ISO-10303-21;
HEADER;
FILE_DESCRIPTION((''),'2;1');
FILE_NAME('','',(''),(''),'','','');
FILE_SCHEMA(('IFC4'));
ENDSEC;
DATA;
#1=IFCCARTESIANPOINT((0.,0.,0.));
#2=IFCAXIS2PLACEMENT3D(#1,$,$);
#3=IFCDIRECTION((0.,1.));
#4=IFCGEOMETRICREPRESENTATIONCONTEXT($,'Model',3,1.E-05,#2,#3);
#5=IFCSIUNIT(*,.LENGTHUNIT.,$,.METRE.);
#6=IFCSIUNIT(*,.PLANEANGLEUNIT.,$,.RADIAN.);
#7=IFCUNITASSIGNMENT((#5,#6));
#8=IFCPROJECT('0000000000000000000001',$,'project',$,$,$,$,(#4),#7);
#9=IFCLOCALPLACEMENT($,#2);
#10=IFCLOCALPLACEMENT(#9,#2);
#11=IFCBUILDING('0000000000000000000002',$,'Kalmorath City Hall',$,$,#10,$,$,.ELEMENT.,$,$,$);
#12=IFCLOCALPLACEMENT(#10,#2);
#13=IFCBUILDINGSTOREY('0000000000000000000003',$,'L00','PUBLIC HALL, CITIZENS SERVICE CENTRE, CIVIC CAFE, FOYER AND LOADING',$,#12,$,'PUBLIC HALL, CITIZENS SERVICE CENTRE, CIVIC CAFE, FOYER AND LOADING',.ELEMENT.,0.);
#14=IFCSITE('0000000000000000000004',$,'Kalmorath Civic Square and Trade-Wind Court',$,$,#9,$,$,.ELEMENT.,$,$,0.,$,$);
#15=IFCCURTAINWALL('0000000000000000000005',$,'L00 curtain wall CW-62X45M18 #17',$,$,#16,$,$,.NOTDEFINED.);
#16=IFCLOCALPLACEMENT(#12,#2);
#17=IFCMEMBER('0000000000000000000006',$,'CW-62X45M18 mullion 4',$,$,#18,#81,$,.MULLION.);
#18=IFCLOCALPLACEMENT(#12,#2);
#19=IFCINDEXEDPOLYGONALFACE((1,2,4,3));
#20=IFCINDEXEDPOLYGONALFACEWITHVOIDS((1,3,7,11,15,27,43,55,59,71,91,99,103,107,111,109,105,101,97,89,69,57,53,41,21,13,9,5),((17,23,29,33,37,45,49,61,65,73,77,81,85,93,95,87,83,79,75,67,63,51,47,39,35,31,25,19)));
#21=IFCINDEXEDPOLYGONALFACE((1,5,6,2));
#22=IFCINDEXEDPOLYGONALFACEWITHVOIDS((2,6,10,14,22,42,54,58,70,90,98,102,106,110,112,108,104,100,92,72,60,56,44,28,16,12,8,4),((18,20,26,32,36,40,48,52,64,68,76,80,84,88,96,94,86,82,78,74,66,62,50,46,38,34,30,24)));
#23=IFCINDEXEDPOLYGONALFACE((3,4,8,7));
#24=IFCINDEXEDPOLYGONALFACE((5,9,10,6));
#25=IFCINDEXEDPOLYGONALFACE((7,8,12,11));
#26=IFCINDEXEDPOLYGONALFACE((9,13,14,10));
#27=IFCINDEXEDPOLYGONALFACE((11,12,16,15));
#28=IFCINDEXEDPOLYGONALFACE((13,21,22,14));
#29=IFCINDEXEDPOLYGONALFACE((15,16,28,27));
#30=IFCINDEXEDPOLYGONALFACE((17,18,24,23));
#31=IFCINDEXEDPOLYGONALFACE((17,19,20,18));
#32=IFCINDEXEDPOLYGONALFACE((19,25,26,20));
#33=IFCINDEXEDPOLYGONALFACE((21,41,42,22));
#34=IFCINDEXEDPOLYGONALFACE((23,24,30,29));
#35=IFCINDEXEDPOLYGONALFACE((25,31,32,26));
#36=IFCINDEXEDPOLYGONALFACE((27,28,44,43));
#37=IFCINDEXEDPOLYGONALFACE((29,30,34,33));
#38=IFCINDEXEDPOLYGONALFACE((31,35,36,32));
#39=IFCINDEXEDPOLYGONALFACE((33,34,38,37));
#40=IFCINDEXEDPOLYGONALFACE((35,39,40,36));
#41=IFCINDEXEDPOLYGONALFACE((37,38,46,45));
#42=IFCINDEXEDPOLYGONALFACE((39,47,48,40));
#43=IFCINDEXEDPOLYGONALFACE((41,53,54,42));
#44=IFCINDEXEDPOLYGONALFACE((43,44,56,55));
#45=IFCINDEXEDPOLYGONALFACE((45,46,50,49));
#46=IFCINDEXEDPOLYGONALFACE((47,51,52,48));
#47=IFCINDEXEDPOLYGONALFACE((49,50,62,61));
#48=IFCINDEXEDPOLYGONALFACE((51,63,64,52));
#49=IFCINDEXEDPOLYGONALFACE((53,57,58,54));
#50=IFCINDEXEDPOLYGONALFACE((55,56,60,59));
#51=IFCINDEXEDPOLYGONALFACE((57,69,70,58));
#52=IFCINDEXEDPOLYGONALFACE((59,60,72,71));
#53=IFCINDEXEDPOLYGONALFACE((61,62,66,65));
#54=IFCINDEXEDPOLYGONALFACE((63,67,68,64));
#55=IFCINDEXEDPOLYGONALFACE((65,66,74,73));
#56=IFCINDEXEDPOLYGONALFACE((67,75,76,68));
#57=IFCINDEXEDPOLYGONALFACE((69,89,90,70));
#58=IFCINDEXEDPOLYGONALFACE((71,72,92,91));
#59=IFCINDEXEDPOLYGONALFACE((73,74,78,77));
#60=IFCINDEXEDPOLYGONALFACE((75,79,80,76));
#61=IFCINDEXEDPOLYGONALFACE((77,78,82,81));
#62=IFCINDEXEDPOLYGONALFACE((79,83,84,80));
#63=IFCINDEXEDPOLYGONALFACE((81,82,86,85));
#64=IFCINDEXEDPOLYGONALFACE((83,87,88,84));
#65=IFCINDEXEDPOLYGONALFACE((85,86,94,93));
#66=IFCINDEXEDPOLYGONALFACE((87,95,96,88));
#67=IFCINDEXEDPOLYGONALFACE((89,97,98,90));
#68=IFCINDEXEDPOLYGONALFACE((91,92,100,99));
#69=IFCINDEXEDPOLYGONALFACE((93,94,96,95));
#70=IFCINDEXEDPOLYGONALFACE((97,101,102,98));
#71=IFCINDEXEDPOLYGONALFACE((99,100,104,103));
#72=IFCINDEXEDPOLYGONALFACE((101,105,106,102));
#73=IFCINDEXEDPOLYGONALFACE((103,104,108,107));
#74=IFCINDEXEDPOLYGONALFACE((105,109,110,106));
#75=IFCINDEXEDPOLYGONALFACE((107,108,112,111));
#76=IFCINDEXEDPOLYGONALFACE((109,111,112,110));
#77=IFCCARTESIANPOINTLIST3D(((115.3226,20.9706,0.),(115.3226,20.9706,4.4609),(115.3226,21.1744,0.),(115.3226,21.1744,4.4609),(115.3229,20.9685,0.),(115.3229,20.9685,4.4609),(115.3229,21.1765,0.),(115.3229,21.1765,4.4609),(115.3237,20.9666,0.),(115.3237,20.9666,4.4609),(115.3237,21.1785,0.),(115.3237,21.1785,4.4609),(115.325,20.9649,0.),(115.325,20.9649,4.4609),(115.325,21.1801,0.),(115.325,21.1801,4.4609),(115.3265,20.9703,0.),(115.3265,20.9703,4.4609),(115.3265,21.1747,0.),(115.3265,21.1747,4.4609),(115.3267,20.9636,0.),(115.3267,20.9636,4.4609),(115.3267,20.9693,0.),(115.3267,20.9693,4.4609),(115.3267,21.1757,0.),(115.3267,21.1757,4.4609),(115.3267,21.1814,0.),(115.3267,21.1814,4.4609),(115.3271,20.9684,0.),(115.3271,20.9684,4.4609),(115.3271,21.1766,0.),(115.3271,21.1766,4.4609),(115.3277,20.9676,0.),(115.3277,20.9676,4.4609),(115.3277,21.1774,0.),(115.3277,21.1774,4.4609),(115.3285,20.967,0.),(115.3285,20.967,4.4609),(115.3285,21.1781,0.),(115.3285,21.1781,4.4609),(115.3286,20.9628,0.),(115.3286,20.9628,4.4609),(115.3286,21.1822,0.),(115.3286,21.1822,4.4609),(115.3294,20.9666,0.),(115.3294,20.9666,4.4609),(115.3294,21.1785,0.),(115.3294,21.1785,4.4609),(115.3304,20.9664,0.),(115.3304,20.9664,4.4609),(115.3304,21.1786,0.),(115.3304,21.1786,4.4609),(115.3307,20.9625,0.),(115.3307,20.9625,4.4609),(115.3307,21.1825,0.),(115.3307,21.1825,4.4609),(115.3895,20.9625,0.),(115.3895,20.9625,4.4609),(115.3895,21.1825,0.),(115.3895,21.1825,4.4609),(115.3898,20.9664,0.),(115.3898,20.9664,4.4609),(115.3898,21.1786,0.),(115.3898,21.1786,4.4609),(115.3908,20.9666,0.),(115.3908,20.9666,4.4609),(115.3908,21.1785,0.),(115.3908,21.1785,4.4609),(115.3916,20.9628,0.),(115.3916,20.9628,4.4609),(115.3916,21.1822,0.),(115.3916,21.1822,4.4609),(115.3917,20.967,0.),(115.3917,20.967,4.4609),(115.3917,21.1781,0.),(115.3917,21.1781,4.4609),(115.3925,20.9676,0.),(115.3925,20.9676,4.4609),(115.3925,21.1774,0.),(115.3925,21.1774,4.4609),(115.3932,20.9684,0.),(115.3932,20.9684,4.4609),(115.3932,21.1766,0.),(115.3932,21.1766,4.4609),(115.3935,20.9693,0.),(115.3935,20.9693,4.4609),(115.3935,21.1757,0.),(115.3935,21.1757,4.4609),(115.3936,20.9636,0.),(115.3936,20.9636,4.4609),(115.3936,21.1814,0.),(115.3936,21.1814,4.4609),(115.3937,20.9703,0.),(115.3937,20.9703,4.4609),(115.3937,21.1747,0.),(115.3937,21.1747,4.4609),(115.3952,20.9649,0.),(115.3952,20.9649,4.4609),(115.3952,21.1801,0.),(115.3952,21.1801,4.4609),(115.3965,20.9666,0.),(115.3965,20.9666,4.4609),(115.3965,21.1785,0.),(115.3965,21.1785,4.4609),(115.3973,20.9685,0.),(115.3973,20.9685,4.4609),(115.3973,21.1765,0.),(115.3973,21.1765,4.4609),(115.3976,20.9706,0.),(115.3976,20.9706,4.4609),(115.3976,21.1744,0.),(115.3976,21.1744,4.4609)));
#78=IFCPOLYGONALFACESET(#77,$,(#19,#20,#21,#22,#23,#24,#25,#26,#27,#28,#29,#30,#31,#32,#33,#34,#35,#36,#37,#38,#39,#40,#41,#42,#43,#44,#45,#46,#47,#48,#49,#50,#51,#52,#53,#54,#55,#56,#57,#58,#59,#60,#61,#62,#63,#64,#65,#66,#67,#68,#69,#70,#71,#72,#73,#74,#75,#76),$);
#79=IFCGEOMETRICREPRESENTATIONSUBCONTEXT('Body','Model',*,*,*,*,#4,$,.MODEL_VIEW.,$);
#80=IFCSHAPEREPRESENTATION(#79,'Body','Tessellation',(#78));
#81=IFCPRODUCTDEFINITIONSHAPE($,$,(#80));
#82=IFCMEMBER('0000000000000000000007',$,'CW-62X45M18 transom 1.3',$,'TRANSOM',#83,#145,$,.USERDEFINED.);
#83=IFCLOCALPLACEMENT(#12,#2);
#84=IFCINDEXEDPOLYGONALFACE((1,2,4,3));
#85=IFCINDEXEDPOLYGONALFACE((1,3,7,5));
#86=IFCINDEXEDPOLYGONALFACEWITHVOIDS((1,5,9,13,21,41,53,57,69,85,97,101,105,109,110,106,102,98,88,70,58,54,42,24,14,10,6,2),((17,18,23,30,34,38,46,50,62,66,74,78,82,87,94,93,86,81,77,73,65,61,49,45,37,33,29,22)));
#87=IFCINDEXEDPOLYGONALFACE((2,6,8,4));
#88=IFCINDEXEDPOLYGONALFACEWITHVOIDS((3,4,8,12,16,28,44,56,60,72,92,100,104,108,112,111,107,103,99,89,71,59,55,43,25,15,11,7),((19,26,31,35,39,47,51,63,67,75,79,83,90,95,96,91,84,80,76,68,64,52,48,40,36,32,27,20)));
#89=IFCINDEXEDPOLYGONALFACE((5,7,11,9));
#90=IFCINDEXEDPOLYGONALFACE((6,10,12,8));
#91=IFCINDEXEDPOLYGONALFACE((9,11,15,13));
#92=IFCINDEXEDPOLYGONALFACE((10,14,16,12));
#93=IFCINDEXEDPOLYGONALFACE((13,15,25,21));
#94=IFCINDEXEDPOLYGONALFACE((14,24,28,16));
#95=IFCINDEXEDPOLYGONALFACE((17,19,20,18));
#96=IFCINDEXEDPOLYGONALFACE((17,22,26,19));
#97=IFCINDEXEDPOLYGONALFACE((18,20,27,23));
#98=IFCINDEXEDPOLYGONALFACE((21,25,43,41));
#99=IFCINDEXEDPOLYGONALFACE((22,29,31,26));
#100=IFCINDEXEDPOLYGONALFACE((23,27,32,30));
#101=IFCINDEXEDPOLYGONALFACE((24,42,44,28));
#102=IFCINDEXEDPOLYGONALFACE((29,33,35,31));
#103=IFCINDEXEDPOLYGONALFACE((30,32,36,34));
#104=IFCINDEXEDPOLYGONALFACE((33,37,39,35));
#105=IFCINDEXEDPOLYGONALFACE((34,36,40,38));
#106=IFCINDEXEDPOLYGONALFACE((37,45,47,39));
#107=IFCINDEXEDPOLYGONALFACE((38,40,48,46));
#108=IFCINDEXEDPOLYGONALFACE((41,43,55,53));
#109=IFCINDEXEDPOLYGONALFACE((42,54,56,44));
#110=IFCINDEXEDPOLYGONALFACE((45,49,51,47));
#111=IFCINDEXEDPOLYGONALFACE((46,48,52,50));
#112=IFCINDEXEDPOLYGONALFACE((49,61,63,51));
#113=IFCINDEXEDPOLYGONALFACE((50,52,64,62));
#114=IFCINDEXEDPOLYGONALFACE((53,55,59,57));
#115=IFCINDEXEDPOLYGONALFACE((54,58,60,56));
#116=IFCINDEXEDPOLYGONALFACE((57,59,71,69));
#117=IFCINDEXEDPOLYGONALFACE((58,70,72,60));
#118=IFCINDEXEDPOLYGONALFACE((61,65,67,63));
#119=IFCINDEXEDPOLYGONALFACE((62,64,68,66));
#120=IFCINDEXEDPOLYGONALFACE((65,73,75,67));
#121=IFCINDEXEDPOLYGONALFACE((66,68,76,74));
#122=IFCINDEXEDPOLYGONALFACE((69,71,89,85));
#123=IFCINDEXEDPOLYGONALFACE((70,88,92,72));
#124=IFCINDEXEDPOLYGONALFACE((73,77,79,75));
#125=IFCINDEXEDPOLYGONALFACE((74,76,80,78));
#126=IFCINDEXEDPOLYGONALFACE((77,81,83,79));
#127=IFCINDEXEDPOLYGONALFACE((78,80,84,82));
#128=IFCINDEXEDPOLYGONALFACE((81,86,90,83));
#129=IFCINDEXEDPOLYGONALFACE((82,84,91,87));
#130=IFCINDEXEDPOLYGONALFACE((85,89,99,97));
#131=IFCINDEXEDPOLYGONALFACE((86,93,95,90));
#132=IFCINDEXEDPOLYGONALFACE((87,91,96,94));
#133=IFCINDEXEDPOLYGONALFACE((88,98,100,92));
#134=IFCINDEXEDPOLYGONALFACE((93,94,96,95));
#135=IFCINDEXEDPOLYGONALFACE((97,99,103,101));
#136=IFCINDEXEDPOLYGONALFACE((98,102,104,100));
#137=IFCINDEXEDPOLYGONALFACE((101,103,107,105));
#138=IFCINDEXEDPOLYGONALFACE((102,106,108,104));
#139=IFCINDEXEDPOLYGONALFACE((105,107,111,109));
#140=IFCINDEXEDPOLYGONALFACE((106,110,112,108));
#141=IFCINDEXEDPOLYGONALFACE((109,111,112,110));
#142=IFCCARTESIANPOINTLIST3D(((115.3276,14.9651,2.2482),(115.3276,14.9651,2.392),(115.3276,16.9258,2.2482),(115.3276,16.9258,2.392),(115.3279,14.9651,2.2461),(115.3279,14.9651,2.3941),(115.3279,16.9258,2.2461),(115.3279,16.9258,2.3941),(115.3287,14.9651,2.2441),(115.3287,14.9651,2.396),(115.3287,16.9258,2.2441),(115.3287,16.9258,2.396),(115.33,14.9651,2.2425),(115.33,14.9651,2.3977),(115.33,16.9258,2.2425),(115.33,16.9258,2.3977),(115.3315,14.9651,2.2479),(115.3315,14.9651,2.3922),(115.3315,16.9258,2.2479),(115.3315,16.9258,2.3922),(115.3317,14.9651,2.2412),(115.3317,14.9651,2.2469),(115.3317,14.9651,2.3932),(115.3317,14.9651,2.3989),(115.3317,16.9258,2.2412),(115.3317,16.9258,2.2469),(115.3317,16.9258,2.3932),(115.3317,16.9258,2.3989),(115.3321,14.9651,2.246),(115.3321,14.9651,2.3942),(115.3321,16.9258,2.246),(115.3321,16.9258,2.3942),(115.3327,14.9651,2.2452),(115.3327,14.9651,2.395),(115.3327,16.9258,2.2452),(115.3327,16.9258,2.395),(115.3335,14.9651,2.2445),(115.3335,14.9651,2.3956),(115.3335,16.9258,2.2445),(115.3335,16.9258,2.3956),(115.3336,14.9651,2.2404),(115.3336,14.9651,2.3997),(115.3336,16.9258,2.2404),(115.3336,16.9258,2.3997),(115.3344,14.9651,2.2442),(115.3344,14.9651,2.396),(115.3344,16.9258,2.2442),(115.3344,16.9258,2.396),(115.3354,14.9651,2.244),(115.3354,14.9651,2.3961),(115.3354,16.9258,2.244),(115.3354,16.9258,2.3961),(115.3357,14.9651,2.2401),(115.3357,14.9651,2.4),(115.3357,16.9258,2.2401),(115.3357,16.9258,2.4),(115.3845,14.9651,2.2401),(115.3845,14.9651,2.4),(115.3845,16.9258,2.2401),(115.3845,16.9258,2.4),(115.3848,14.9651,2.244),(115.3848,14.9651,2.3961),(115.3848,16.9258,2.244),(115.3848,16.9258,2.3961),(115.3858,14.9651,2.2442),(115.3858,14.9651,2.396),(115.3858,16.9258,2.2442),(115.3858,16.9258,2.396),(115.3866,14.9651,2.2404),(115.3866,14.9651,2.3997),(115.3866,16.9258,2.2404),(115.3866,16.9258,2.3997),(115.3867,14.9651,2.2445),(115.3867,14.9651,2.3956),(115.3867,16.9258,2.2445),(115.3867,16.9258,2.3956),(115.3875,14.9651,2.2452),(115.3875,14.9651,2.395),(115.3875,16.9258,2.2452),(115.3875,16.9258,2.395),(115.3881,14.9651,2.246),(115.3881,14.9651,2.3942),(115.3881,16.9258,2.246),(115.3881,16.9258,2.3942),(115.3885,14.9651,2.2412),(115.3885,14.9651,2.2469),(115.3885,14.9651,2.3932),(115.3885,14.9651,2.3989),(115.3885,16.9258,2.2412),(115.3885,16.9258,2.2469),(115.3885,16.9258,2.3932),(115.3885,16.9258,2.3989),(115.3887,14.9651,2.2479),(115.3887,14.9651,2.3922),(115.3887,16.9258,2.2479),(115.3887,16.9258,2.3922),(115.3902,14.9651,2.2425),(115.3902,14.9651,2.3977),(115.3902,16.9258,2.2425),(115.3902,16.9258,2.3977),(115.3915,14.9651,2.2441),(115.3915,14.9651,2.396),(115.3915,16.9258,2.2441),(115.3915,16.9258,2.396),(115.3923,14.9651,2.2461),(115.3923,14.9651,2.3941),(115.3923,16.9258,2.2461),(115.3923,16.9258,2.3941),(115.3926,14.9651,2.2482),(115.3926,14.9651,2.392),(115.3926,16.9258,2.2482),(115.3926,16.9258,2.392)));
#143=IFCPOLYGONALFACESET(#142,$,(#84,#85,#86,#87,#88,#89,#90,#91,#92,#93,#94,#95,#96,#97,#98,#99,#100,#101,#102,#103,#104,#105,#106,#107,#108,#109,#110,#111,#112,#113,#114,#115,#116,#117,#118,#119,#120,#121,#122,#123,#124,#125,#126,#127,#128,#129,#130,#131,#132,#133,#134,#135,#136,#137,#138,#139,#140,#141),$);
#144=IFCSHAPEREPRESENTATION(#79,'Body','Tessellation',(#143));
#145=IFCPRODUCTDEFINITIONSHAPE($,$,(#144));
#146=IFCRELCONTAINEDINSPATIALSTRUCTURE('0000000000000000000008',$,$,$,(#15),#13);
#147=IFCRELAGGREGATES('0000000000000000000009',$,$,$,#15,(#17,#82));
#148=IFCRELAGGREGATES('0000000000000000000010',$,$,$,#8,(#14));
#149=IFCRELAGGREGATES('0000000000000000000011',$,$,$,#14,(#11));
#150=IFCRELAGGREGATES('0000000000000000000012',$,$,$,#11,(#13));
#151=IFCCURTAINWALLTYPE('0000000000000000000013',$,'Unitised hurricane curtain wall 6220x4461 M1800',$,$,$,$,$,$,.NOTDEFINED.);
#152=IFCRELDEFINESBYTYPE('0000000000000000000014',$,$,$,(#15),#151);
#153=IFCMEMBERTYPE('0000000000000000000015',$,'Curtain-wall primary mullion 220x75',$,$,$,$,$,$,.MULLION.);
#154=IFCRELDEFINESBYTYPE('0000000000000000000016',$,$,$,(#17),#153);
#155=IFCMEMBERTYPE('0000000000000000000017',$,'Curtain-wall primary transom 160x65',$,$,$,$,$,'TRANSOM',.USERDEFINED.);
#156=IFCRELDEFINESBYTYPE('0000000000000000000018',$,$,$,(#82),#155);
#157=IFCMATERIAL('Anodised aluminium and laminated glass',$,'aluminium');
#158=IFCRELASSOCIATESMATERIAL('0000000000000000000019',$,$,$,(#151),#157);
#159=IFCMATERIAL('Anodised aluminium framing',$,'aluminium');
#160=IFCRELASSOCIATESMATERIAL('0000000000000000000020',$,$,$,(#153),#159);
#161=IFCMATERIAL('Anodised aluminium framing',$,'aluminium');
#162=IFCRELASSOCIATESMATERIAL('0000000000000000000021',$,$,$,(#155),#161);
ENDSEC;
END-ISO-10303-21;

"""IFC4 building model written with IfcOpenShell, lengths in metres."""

from ifc_helpers import new_model, si_unit, direction, frame, origin, origin_2d, place, context, subcontext, project, spatial, hollow_rectangle, extrude, material, material_profile, profile_set, type_object, element, aggregate, save


model = new_model("IFC4")

# Units and contexts
model_context = context("Model", 3, precision=1e-05, world=origin(), true_north=direction((0.0, 1.0)))
body_context = subcontext(model_context, "Body", "Model", "MODEL_VIEW")
ifc_project = project(units=[si_unit("LENGTHUNIT", "METRE"), si_unit("PLANEANGLEUNIT", "RADIAN")], contexts=[model_context])

# Site, building, storey
site_placement = place(None, origin())
site = spatial("IfcSite", under=ifc_project, at=site_placement, Name="Kalmorath Civic Square and Trade-Wind Court", CompositionType="ELEMENT", RefElevation=0.0)
building_placement = place(site_placement, origin())
building = spatial("IfcBuilding", under=site, at=building_placement, Name="Kalmorath City Hall", CompositionType="ELEMENT")
storey_placement = place(building_placement, origin())
storey = spatial("IfcBuildingStorey", under=building, at=storey_placement, Name="L00", Description="PUBLIC HALL, CITIZENS SERVICE CENTRE, CIVIC CAFE, FOYER AND LOADING", LongName="PUBLIC HALL, CITIZENS SERVICE CENTRE, CIVIC CAFE, FOYER AND LOADING", CompositionType="ELEMENT", Elevation=0.0)

# Curtain wall, members
ifc_material_1 = material(Name="Anodised aluminium and laminated glass", Category="aluminium")
curtain_wall_type = type_object("IfcCurtainWallType", Name="Unitised hurricane curtain wall 6220x4461 M1800", PredefinedType="NOTDEFINED", material=ifc_material_1)
curtain_wall_placement = place(storey_placement, origin())
curtain_wall = element("IfcCurtainWall", 1, at=curtain_wall_placement, inside=storey, type_object=curtain_wall_type, Name="L00 curtain wall CW-62X45M18 #17", PredefinedType="NOTDEFINED")
ifc_material_2 = material(Name="Anodised aluminium framing", Category="aluminium")
ifc_material_profile_1 = material_profile(ifc_material_2, hollow_rectangle(XDim=0.075, YDim=0.22, WallThickness=0.0039, InnerFilletRadius=0.0039, OuterFilletRadius=0.0081, at=origin_2d()), Name="ALU-MUL-220X75X4")
ifc_profile_set_1 = profile_set([ifc_material_profile_1], Name="Anodised aluminium framing")
member_type_1 = type_object("IfcMemberType", Name="Curtain-wall primary mullion 220x75", PredefinedType="MULLION", material=ifc_profile_set_1)
member_1_placement = place(storey_placement, frame((115.3601, 21.0725, 0.0), z_axis=(0.0, 0.0, 1.0), x_axis=(-1.0, 0.0, 0.0)))
member_1 = element("IfcMember", 2, at=member_1_placement, type_object=member_type_1, Name="CW-62X45M18 mullion 4", PredefinedType="MULLION", context=body_context, shape_type="SweptSolid", body=[
    extrude(hollow_rectangle(XDim=0.075, YDim=0.22, WallThickness=0.0039, InnerFilletRadius=0.0039, OuterFilletRadius=0.0081, at=origin_2d()), origin(), (0.0, 0.0, 1.0), 4.4609),
])
ifc_material_3 = material(Name="Anodised aluminium framing", Category="aluminium")
ifc_material_profile_2 = material_profile(ifc_material_3, hollow_rectangle(XDim=0.0649, YDim=0.1599, WallThickness=0.0039, InnerFilletRadius=0.0039, OuterFilletRadius=0.0081, at=origin_2d()), Name="ALU-TRN-160X65X4")
ifc_profile_set_2 = profile_set([ifc_material_profile_2], Name="Anodised aluminium framing")
member_type_2 = type_object("IfcMemberType", Name="Curtain-wall primary transom 160x65", ElementType="TRANSOM", PredefinedType="USERDEFINED", material=ifc_profile_set_2)
member_2_placement = place(storey_placement, frame((115.3601, 14.9651, 2.3201), z_axis=(0.0, 1.0, 0.0), x_axis=(-1.0, 0.0, 0.0)))
member_2 = element("IfcMember", 3, at=member_2_placement, type_object=member_type_2, Name="CW-62X45M18 transom 1.3", ObjectType="TRANSOM", PredefinedType="USERDEFINED", context=body_context, shape_type="SweptSolid", body=[
    extrude(hollow_rectangle(XDim=0.0649, YDim=0.1599, WallThickness=0.0039, InnerFilletRadius=0.0039, OuterFilletRadius=0.0081, at=origin_2d()), origin(), (0.0, 0.0, 1.0), 1.9607),
])

aggregate(curtain_wall, [member_1, member_2])

save(model, "model.ifc")
